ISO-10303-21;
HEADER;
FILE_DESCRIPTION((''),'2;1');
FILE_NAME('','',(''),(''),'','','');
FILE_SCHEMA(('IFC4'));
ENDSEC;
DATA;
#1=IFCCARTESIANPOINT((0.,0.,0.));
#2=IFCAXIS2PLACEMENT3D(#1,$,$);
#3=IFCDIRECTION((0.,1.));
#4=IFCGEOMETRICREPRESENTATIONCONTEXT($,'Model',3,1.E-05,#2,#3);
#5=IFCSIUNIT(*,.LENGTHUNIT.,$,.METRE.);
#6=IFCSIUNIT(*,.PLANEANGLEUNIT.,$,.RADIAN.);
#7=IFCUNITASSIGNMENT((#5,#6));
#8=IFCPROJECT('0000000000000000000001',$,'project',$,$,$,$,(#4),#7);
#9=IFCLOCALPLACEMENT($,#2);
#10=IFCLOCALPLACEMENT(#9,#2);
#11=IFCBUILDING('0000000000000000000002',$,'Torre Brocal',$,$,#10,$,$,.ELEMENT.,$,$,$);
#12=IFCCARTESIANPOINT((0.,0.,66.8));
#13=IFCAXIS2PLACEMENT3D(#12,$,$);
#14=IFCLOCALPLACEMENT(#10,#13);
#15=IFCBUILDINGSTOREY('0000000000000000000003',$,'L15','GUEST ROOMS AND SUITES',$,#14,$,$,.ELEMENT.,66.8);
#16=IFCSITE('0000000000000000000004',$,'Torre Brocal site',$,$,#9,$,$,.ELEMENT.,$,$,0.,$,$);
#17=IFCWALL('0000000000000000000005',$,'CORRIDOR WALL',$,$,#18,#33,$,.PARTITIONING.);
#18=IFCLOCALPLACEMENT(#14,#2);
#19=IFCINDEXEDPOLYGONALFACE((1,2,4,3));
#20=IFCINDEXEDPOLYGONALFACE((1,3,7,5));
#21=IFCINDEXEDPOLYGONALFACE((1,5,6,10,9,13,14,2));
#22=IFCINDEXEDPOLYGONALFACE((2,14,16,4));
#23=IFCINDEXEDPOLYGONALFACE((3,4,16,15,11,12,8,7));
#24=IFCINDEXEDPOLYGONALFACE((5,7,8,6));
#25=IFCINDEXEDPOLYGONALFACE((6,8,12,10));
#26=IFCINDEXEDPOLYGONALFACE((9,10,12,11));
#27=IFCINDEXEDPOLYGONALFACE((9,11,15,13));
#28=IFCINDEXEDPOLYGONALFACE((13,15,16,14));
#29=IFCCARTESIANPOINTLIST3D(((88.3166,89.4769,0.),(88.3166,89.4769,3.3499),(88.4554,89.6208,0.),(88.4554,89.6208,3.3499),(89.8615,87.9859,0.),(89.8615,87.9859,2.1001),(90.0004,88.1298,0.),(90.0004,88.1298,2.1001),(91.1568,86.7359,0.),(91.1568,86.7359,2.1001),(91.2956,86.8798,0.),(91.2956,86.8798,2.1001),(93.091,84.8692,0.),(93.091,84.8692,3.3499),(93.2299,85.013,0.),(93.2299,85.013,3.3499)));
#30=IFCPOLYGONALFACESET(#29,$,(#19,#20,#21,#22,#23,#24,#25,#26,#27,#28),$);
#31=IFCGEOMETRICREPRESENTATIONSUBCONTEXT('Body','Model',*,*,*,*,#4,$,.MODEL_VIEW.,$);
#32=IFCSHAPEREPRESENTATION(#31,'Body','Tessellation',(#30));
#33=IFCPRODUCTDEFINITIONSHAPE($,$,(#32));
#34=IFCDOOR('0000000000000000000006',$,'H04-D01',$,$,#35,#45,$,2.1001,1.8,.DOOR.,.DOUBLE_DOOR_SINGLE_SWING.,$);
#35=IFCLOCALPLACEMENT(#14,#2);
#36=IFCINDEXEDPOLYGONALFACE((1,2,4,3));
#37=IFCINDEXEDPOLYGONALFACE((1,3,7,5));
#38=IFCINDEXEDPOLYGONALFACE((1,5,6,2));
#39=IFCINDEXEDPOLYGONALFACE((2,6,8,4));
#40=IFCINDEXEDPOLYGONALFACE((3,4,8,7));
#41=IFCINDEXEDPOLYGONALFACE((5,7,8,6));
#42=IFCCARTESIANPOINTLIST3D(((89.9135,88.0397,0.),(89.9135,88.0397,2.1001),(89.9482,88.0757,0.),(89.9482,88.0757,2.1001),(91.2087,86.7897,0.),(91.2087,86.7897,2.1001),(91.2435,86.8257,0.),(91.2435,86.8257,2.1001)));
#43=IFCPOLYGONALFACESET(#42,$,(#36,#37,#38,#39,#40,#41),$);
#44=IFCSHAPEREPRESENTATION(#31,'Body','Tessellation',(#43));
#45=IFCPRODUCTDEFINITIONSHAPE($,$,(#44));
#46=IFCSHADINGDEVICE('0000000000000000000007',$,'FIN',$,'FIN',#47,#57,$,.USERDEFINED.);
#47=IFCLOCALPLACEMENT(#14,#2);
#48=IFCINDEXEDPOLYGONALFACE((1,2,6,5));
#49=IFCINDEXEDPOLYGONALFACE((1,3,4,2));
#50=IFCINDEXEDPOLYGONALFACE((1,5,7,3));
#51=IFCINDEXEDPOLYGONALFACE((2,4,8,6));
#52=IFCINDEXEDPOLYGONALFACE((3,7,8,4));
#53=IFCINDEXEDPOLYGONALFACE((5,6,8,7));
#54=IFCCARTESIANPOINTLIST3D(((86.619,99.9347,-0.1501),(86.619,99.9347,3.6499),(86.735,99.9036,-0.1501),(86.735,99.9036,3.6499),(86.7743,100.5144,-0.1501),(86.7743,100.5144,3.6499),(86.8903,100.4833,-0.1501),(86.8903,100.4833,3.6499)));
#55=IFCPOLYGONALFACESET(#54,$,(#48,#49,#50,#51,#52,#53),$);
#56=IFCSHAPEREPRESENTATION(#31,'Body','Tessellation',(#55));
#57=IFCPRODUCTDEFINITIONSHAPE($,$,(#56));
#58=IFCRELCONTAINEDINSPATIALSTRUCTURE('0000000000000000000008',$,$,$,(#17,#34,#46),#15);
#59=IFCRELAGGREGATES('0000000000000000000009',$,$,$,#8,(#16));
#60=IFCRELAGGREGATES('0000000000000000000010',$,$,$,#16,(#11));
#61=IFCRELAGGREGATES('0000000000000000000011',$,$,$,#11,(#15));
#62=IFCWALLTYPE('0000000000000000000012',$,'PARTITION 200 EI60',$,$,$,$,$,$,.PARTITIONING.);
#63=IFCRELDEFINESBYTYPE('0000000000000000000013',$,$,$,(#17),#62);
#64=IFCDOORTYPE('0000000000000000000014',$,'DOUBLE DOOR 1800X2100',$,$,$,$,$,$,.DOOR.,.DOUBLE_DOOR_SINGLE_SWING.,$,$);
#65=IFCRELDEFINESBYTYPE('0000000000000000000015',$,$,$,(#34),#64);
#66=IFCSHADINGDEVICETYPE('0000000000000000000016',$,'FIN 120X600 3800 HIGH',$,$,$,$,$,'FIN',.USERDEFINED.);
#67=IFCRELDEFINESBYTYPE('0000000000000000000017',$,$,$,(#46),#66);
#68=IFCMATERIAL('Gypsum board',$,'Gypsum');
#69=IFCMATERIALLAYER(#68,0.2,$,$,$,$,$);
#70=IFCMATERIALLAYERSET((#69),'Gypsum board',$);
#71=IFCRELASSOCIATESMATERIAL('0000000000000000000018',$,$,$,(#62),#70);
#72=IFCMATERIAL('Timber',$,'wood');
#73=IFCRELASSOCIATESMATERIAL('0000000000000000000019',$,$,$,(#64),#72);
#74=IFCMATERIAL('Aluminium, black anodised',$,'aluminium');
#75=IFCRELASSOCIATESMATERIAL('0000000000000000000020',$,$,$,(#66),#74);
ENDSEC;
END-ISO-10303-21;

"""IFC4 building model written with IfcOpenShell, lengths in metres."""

from ifc_helpers import new_model, si_unit, direction, frame, frame_2d, origin, origin_2d, place, context, subcontext, project, spatial, rectangle, extrude, material, layer, layer_set, material_profile, profile_set, type_object, element, fill, save


model = new_model("IFC4")

# Units and contexts
model_context = context("Model", 3, precision=1e-05, world=origin(), true_north=direction((0.0, 1.0)))
body_context = subcontext(model_context, "Body", "Model", "MODEL_VIEW")
ifc_project = project(units=[si_unit("LENGTHUNIT", "METRE"), si_unit("PLANEANGLEUNIT", "RADIAN")], contexts=[model_context])

# Site, building, storey
site_placement = place(None, origin())
site = spatial("IfcSite", under=ifc_project, at=site_placement, Name="Torre Brocal site", CompositionType="ELEMENT", RefElevation=0.0)
building_placement = place(site_placement, origin())
building = spatial("IfcBuilding", under=site, at=building_placement, Name="Torre Brocal", CompositionType="ELEMENT")
storey_placement = place(building_placement, frame((0.0, 0.0, 66.8)))
storey = spatial("IfcBuildingStorey", under=building, at=storey_placement, Name="L15", Description="GUEST ROOMS AND SUITES", CompositionType="ELEMENT", Elevation=66.8)

# Shared definitions
ifc_material_1 = material(Name="Gypsum board", Category="Gypsum")
ifc_layer_1 = layer(ifc_material_1, 0.2)
ifc_layer_set_1 = layer_set([ifc_layer_1], Name="Gypsum board")
wall_type_1 = type_object("IfcWallType", Name="PARTITION 200 EI60", PredefinedType="PARTITIONING", material=ifc_layer_set_1)

# Wall, opening, door
wall_1_placement = place(storey_placement, frame((88.386, 89.5488, 0.0), z_axis=(0.0, 0.0, 1.0), x_axis=(0.719561, -0.69443, 0.0)))
wall_1 = element("IfcWall", 1, at=wall_1_placement, inside=storey, type_object=wall_type_1, Name="CORRIDOR WALL", PredefinedType="PARTITIONING", context=body_context, shape_type="SweptSolid", body=[
    extrude(rectangle(XDim=6.6353, YDim=0.2, at=frame_2d((3.3176, 0.0))), origin(), (0.0, 0.0, 1.0), 3.3499),
])
opening_1_placement = place(wall_1_placement, frame((2.1472, 0.0, 0.0)))
opening_1 = element("IfcOpeningElement", 2, at=opening_1_placement, cuts=wall_1, PredefinedType="OPENING", context=body_context, shape_type="SweptSolid", body=[
    extrude(rectangle(XDim=1.8, YDim=2.1001, at=frame_2d((0.8999, 1.05))), frame((0.0, 0.1099, 0.0), z_axis=(0.0, -1.0, 0.0), x_axis=(1.0, 0.0, 0.0)), (0.0, 0.0, 1.0), 0.22),
])
ifc_material_2 = material(Name="Timber", Category="wood")
door_type_1 = type_object("IfcDoorType", Name="DOUBLE DOOR 1800X2100", OperationType="DOUBLE_DOOR_SINGLE_SWING", PredefinedType="DOOR", material=ifc_material_2)
door_1_placement = place(opening_1_placement, origin())
door_1 = element("IfcDoor", 3, at=door_1_placement, inside=storey, type_object=door_type_1, Name="H04-D01", OperationType="DOUBLE_DOOR_SINGLE_SWING", OverallHeight=2.1001, OverallWidth=1.8, PredefinedType="DOOR", context=body_context, shape_type="SweptSolid", body=[
    extrude(rectangle(XDim=1.8, YDim=2.1001, at=frame_2d((0.8999, 1.05))), frame((0.0, 0.0249, 0.0), z_axis=(0.0, -1.0, 0.0), x_axis=(1.0, 0.0, 0.0)), (0.0, 0.0, 1.0), 0.05),
])
fill(opening_1, door_1)

# Shading device
ifc_material_3 = material(Name="Aluminium, black anodised", Category="aluminium")
ifc_material_profile_1 = material_profile(ifc_material_3, rectangle(XDim=0.1201, YDim=0.6001, at=origin_2d()), Name="FIN 120X600 3800 HIGH")
ifc_profile_set_1 = profile_set([ifc_material_profile_1], Name="Aluminium, black anodised")
shading_device_type = type_object("IfcShadingDeviceType", Name="FIN 120X600 3800 HIGH", ElementType="FIN", PredefinedType="USERDEFINED", material=ifc_profile_set_1)
shading_device_placement = place(storey_placement, frame((86.7546, 100.209, -0.1501), z_axis=(0.0, 0.0, 1.0), x_axis=(-0.965926, 0.258819, 0.0)))
element("IfcShadingDevice", 4, at=shading_device_placement, inside=storey, type_object=shading_device_type, Name="FIN", ObjectType="FIN", PredefinedType="USERDEFINED", context=body_context, shape_type="SweptSolid", body=[
    extrude(rectangle(XDim=0.1201, YDim=0.6001, at=origin_2d()), origin(), (0.0, 0.0, 1.0), 3.8),
])

save(model, "model.ifc")
